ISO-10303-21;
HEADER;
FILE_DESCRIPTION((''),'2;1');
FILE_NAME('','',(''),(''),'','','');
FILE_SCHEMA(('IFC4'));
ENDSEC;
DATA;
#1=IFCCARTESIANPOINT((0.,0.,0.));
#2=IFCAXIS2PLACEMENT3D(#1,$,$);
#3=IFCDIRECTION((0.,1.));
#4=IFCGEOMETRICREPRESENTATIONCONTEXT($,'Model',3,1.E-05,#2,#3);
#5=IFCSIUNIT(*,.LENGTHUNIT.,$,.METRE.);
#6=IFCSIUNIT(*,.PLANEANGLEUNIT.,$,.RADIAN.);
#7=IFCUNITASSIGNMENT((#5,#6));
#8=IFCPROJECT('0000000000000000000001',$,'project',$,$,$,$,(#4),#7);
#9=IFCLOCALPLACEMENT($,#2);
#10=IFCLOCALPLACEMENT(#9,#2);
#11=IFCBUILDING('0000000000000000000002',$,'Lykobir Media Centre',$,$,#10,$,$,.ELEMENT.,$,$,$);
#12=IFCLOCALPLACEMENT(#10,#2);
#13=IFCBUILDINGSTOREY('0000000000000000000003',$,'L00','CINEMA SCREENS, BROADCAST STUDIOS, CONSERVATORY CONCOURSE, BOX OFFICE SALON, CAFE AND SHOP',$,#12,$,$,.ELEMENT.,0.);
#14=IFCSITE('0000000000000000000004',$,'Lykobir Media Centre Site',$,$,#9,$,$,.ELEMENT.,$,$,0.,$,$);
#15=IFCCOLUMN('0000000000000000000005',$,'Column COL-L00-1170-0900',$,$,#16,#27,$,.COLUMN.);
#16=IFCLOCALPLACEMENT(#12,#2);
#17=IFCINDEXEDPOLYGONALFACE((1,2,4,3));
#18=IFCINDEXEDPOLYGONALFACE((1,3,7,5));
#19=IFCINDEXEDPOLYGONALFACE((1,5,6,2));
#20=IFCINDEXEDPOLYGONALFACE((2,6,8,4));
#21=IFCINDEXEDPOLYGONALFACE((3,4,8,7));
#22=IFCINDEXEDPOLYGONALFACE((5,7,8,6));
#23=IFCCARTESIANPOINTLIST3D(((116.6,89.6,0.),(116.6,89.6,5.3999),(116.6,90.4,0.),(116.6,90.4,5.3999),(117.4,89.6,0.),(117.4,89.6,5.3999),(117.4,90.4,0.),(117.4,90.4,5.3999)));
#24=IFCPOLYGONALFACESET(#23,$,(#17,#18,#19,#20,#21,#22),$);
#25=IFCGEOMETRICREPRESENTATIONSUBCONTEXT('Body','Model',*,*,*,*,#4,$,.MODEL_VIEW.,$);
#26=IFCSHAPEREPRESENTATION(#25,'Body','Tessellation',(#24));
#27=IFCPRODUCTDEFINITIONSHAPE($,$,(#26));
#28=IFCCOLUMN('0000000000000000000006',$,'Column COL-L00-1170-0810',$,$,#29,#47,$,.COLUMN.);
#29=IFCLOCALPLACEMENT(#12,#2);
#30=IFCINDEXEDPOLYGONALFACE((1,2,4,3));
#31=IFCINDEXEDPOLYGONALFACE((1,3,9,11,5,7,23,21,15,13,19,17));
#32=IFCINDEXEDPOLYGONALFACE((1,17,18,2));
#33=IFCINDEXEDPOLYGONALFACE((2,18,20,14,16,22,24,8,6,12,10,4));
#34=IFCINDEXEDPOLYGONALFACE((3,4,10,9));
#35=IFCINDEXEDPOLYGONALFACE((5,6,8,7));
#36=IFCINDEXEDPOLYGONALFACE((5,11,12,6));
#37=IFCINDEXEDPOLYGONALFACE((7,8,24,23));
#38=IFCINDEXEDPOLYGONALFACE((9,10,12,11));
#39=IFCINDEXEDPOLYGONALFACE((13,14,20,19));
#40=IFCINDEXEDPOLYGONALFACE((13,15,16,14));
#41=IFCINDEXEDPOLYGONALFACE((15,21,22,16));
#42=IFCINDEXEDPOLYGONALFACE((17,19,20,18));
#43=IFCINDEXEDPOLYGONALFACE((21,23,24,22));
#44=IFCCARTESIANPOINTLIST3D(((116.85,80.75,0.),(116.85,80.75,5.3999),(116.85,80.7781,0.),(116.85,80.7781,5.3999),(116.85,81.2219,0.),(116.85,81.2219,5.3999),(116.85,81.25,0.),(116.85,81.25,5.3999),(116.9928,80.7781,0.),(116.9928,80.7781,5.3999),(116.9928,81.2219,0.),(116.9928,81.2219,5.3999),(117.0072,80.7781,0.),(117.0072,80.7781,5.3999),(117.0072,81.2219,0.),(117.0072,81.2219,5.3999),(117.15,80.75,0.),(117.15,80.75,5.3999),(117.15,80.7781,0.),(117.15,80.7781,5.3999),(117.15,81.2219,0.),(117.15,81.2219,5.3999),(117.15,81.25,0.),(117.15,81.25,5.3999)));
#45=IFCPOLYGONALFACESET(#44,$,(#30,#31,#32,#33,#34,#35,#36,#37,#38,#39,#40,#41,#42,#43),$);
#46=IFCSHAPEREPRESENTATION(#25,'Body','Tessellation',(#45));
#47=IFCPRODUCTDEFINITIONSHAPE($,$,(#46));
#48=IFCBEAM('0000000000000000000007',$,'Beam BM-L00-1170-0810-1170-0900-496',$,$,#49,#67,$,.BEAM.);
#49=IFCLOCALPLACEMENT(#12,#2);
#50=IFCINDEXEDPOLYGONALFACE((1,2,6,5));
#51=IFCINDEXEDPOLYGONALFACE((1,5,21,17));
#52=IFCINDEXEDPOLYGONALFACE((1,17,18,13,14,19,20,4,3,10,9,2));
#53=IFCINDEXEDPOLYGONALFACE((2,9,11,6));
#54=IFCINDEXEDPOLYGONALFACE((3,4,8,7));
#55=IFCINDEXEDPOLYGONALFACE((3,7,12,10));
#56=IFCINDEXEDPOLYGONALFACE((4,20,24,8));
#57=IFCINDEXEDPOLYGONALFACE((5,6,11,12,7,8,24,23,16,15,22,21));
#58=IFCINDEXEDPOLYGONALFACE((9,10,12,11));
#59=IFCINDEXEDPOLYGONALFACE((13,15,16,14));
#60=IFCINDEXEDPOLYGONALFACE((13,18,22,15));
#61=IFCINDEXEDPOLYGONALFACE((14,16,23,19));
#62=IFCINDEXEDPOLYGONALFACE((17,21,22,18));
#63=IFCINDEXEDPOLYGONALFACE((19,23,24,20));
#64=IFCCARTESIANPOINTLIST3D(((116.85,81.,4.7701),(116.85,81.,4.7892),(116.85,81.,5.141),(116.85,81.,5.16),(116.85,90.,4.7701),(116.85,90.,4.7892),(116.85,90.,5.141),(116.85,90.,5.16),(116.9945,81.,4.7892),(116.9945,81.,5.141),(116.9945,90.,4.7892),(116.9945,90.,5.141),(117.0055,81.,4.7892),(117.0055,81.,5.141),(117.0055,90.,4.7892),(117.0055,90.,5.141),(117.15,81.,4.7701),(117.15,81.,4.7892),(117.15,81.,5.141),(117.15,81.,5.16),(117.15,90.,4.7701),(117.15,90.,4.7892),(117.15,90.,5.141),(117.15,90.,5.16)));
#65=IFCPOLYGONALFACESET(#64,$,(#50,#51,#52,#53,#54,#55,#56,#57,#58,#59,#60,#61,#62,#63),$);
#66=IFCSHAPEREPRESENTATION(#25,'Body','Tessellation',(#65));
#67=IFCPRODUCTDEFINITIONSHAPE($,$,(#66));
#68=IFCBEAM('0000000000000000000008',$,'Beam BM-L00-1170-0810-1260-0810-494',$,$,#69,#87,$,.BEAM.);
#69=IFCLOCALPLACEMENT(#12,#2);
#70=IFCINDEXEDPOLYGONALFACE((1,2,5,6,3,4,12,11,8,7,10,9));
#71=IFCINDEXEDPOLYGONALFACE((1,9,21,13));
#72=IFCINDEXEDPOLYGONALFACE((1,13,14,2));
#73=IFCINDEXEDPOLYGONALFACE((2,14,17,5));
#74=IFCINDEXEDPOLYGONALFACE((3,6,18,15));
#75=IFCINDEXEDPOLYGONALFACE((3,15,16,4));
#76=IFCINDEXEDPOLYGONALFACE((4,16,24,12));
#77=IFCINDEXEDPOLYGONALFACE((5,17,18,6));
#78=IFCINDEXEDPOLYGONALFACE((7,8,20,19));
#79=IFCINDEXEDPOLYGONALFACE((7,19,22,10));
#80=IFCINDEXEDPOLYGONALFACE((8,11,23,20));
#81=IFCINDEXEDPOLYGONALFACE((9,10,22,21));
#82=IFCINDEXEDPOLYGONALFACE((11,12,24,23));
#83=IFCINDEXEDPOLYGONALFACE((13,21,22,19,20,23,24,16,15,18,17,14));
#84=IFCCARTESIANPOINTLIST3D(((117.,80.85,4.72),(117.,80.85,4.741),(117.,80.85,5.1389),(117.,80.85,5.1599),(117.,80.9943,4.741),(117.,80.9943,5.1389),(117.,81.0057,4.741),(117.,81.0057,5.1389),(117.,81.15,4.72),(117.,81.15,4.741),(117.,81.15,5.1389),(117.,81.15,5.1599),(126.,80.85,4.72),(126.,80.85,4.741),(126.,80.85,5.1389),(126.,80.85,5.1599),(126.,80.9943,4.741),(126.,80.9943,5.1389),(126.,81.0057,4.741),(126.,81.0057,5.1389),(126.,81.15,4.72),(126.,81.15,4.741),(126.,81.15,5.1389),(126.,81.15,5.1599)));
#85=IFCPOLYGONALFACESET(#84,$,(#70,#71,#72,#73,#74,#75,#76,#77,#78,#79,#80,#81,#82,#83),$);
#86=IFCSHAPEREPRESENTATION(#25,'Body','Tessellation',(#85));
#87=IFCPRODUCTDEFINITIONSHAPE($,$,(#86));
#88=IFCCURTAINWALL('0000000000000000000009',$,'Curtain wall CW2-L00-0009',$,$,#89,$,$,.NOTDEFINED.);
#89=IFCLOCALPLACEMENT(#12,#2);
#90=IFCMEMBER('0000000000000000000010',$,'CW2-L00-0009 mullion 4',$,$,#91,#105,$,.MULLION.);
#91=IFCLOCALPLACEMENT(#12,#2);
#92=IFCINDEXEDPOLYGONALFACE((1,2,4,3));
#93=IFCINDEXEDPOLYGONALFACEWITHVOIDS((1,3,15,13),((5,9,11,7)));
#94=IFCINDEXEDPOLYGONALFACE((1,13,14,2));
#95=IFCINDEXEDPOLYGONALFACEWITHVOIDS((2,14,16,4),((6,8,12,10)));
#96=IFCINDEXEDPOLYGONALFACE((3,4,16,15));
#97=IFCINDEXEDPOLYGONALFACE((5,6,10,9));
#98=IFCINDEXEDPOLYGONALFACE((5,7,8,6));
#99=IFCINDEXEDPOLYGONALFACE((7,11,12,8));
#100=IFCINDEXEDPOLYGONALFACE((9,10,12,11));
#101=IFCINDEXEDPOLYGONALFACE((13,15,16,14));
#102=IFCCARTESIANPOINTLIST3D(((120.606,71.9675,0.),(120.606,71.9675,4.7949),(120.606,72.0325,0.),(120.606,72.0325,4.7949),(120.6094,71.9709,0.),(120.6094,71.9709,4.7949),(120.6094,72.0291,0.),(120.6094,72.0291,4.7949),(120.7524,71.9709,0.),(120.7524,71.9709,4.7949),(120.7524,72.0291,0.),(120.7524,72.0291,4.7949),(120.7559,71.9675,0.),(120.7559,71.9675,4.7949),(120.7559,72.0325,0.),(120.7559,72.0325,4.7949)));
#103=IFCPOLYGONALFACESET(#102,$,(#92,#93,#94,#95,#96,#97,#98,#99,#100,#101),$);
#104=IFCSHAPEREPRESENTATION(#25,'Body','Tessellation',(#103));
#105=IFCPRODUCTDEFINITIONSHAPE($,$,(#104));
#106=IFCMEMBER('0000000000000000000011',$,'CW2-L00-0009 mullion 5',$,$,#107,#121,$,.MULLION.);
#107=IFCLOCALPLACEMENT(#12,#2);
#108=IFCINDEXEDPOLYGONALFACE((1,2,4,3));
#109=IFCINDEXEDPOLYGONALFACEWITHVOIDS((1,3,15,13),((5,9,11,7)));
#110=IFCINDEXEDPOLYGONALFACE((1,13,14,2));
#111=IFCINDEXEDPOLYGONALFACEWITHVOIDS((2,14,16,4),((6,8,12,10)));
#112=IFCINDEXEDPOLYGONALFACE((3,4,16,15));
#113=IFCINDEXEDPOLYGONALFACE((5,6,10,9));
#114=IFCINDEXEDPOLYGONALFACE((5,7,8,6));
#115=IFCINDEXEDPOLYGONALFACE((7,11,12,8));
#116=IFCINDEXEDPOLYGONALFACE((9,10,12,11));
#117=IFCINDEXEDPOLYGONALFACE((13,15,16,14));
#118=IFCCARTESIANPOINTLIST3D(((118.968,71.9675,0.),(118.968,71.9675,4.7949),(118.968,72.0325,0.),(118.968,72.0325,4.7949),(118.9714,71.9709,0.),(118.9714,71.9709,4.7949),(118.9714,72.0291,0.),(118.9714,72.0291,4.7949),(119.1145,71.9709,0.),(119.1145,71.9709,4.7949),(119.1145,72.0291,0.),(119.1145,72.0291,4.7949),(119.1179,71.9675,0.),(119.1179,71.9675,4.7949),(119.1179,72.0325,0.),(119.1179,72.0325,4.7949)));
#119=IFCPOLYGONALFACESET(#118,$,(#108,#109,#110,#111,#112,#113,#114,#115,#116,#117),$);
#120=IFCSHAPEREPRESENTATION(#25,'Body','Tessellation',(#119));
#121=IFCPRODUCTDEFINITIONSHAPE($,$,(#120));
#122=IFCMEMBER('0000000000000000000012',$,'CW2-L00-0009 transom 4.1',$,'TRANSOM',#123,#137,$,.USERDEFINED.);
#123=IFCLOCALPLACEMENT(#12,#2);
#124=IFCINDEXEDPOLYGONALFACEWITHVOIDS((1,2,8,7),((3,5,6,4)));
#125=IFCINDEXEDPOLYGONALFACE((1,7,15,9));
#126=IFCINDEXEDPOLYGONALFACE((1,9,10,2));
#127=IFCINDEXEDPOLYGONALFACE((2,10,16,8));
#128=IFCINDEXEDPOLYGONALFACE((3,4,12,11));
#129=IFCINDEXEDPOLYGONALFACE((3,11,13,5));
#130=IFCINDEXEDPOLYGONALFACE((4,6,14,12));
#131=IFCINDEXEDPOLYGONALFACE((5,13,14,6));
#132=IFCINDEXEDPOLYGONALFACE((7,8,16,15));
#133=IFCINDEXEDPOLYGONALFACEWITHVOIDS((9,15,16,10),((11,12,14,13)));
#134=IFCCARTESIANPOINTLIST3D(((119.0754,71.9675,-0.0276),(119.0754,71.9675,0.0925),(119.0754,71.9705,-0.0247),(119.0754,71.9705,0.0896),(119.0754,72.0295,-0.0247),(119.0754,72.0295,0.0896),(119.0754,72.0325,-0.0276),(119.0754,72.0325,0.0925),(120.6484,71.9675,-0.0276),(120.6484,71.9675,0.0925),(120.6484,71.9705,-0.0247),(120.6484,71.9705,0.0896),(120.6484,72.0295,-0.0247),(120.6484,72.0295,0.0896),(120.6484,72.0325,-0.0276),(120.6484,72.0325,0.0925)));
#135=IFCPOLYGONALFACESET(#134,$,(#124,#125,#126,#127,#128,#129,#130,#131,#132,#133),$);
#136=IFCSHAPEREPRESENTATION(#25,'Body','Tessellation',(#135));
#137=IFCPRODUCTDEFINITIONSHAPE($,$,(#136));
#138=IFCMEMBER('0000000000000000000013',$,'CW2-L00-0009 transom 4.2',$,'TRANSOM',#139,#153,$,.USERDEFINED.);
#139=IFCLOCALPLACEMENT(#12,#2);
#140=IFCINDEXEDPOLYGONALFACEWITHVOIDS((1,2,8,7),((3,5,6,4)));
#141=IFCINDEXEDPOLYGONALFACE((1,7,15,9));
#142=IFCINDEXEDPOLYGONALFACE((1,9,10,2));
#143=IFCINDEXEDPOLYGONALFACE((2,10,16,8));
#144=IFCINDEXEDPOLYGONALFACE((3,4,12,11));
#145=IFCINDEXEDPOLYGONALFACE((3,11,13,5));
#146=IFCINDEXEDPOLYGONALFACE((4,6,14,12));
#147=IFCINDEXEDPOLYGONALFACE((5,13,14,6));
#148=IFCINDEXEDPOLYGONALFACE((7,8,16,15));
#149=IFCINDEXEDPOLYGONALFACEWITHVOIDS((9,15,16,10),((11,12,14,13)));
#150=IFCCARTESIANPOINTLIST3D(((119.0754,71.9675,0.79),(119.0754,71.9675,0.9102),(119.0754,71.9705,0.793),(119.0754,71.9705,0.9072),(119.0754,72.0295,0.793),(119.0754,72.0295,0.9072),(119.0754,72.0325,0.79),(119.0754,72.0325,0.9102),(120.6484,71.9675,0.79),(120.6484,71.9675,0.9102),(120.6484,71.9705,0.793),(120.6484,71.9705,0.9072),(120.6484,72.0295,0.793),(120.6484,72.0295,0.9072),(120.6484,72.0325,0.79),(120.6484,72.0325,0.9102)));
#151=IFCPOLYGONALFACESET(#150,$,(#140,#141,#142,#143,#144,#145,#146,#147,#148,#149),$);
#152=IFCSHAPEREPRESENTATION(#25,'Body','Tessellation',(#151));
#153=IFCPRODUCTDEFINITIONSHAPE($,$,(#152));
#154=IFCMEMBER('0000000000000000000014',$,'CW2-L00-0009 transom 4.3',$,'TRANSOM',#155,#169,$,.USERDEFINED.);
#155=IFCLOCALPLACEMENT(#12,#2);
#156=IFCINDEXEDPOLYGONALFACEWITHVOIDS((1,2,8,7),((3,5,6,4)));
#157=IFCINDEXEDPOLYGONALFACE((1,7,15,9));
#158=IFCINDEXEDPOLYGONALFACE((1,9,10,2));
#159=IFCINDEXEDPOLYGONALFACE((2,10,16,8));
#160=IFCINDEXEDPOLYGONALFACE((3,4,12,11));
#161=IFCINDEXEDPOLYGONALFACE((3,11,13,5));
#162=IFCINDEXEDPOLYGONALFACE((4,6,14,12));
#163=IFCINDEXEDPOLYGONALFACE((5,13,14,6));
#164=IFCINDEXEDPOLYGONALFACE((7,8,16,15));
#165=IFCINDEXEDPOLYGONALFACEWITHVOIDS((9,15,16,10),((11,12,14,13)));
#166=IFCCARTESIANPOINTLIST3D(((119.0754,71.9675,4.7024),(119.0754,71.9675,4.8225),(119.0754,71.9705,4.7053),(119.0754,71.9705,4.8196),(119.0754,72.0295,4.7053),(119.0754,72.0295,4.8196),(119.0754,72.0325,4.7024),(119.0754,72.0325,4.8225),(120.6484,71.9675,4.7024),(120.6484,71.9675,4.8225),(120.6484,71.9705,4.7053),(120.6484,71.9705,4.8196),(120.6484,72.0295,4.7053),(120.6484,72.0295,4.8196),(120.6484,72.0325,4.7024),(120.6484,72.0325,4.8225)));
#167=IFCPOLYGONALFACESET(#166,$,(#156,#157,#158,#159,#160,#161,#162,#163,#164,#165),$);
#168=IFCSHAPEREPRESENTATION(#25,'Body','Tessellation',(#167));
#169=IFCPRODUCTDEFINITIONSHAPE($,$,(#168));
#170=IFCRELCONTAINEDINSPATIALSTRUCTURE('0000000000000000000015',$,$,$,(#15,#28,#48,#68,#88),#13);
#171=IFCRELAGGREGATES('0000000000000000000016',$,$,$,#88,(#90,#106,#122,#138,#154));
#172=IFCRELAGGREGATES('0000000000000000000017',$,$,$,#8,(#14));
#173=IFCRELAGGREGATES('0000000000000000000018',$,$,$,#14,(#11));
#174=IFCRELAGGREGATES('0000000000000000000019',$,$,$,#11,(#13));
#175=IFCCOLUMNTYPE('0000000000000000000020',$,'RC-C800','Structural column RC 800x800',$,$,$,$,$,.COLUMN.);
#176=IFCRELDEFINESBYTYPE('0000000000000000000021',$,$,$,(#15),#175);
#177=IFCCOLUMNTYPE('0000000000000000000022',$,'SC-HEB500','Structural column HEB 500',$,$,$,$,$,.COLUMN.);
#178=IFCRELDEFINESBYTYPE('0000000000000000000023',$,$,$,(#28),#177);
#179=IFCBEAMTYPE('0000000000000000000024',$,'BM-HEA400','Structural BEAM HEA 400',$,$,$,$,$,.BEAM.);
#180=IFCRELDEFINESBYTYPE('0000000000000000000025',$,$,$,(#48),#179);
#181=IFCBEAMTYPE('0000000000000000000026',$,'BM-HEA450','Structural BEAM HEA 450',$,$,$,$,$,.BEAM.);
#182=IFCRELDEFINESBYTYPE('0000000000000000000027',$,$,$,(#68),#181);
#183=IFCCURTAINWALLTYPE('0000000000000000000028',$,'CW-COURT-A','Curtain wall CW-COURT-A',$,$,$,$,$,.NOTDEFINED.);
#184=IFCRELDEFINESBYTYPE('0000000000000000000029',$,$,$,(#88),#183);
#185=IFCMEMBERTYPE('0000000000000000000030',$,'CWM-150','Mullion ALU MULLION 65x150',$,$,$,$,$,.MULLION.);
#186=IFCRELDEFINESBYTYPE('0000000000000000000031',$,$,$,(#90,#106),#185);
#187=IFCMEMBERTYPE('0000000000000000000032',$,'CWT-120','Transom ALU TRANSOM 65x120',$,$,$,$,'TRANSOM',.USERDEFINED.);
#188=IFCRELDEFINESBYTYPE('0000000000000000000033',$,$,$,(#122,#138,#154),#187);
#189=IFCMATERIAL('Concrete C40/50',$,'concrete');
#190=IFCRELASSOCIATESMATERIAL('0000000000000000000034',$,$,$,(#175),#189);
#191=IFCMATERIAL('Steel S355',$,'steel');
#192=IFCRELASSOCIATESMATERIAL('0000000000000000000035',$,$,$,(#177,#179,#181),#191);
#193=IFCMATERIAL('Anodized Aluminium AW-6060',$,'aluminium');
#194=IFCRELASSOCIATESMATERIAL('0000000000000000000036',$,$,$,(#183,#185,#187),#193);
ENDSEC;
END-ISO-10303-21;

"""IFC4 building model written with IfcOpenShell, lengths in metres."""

from ifc_helpers import new_model, si_unit, direction, frame, origin, origin_2d, place, context, subcontext, project, spatial, rectangle, hollow_rectangle, i_section, extrude, material, material_profile, profile_set, type_object, element, aggregate, save


model = new_model("IFC4")

# Units and contexts
model_context = context("Model", 3, precision=1e-05, world=origin(), true_north=direction((0.0, 1.0)))
body_context = subcontext(model_context, "Body", "Model", "MODEL_VIEW")
ifc_project = project(units=[si_unit("LENGTHUNIT", "METRE"), si_unit("PLANEANGLEUNIT", "RADIAN")], contexts=[model_context])

# Site, building, storey
site_placement = place(None, origin())
site = spatial("IfcSite", under=ifc_project, at=site_placement, Name="Lykobir Media Centre Site", CompositionType="ELEMENT", RefElevation=0.0)
building_placement = place(site_placement, origin())
building = spatial("IfcBuilding", under=site, at=building_placement, Name="Lykobir Media Centre", CompositionType="ELEMENT")
storey_placement = place(building_placement, origin())
storey = spatial("IfcBuildingStorey", under=building, at=storey_placement, Name="L00", Description="CINEMA SCREENS, BROADCAST STUDIOS, CONSERVATORY CONCOURSE, BOX OFFICE SALON, CAFE AND SHOP", CompositionType="ELEMENT", Elevation=0.0)

# Columns
ifc_material_1 = material(Name="Concrete C40/50", Category="concrete")
ifc_material_profile_1 = material_profile(ifc_material_1, rectangle(XDim=0.8, YDim=0.8, at=origin_2d()), Name="RC 800x800")
ifc_profile_set_1 = profile_set([ifc_material_profile_1], Name="Concrete C40/50")
column_type_1 = type_object("IfcColumnType", Name="RC-C800", Description="Structural column RC 800x800", PredefinedType="COLUMN", material=ifc_profile_set_1)
column_1_placement = place(storey_placement, frame((117.0, 90.0, 0.0), z_axis=(0.0, 0.0, 1.0), x_axis=(1.0, 0.0, 0.0)))
element("IfcColumn", 1, at=column_1_placement, inside=storey, type_object=column_type_1, Name="Column COL-L00-1170-0900", PredefinedType="COLUMN", context=body_context, shape_type="SweptSolid", body=[
    extrude(rectangle(XDim=0.8, YDim=0.8, at=origin_2d()), origin(), (0.0, 0.0, 1.0), 5.3999),
])
ifc_material_2 = material(Name="Steel S355", Category="steel")
ifc_material_profile_2 = material_profile(ifc_material_2, i_section(OverallWidth=0.3, OverallDepth=0.5, WebThickness=0.0144, FlangeThickness=0.0281, at=origin_2d()), Name="HEB 500")
ifc_profile_set_2 = profile_set([ifc_material_profile_2], Name="Steel S355")
column_type_2 = type_object("IfcColumnType", Name="SC-HEB500", Description="Structural column HEB 500", PredefinedType="COLUMN", material=ifc_profile_set_2)
column_2_placement = place(storey_placement, frame((117.0, 81.0, 0.0), z_axis=(0.0, 0.0, 1.0), x_axis=(1.0, 0.0, 0.0)))
element("IfcColumn", 2, at=column_2_placement, inside=storey, type_object=column_type_2, Name="Column COL-L00-1170-0810", PredefinedType="COLUMN", context=body_context, shape_type="SweptSolid", body=[
    extrude(i_section(OverallWidth=0.3, OverallDepth=0.5, WebThickness=0.0144, FlangeThickness=0.0281, at=origin_2d()), origin(), (0.0, 0.0, 1.0), 5.3999),
])

# Beams
ifc_material_profile_3 = material_profile(ifc_material_2, i_section(OverallWidth=0.3, OverallDepth=0.3899, WebThickness=0.011, FlangeThickness=0.019, at=origin_2d()), Name="HEA 400")
ifc_profile_set_3 = profile_set([ifc_material_profile_3], Name="Steel S355")
beam_type_1 = type_object("IfcBeamType", Name="BM-HEA400", Description="Structural BEAM HEA 400", PredefinedType="BEAM", material=ifc_profile_set_3)
beam_1_placement = place(storey_placement, frame((117.0, 81.0, 4.9651), z_axis=(0.0, 1.0, 0.0), x_axis=(-1.0, 0.0, 0.0)))
element("IfcBeam", 3, at=beam_1_placement, inside=storey, type_object=beam_type_1, Name="Beam BM-L00-1170-0810-1170-0900-496", PredefinedType="BEAM", context=body_context, shape_type="SweptSolid", body=[
    extrude(i_section(OverallWidth=0.3, OverallDepth=0.3899, WebThickness=0.011, FlangeThickness=0.019, at=origin_2d()), origin(), (0.0, 0.0, 1.0), 9.0),
])
ifc_material_profile_4 = material_profile(ifc_material_2, i_section(OverallWidth=0.3, OverallDepth=0.4399, WebThickness=0.0115, FlangeThickness=0.021, at=origin_2d()), Name="HEA 450")
ifc_profile_set_4 = profile_set([ifc_material_profile_4], Name="Steel S355")
beam_type_2 = type_object("IfcBeamType", Name="BM-HEA450", Description="Structural BEAM HEA 450", PredefinedType="BEAM", material=ifc_profile_set_4)
beam_2_placement = place(storey_placement, frame((117.0, 81.0, 4.9399), z_axis=(1.0, 0.0, 0.0), x_axis=(0.0, 1.0, 0.0)))
element("IfcBeam", 4, at=beam_2_placement, inside=storey, type_object=beam_type_2, Name="Beam BM-L00-1170-0810-1260-0810-494", PredefinedType="BEAM", context=body_context, shape_type="SweptSolid", body=[
    extrude(i_section(OverallWidth=0.3, OverallDepth=0.4399, WebThickness=0.0115, FlangeThickness=0.021, at=origin_2d()), origin(), (0.0, 0.0, 1.0), 9.0),
])

# Curtain wall, members
ifc_material_3 = material(Name="Anodized Aluminium AW-6060", Category="aluminium")
curtain_wall_type = type_object("IfcCurtainWallType", Name="CW-COURT-A", Description="Curtain wall CW-COURT-A", PredefinedType="NOTDEFINED", material=ifc_material_3)
curtain_wall_placement = place(storey_placement, origin())
curtain_wall = element("IfcCurtainWall", 5, at=curtain_wall_placement, inside=storey, type_object=curtain_wall_type, Name="Curtain wall CW2-L00-0009", PredefinedType="NOTDEFINED")
ifc_material_profile_5 = material_profile(ifc_material_3, hollow_rectangle(XDim=0.0649, YDim=0.1499, WallThickness=0.0034, at=origin_2d()), Name="ALU MULLION 65x150")
ifc_profile_set_5 = profile_set([ifc_material_profile_5], Name="Anodized Aluminium AW-6060")
member_type_1 = type_object("IfcMemberType", Name="CWM-150", Description="Mullion ALU MULLION 65x150", PredefinedType="MULLION", material=ifc_profile_set_5)
member_1_placement = place(storey_placement, frame((120.6809, 72.0, 0.0), z_axis=(0.0, 0.0, 1.0), x_axis=(0.0, -1.0, 0.0)))
member_1 = element("IfcMember", 6, at=member_1_placement, type_object=member_type_1, Name="CW2-L00-0009 mullion 4", PredefinedType="MULLION", context=body_context, shape_type="SweptSolid", body=[
    extrude(hollow_rectangle(XDim=0.0649, YDim=0.1499, WallThickness=0.0034, at=origin_2d()), origin(), (0.0, 0.0, 1.0), 4.7949),
])
member_2_placement = place(storey_placement, frame((119.043, 72.0, 0.0), z_axis=(0.0, 0.0, 1.0), x_axis=(0.0, -1.0, 0.0)))
member_2 = element("IfcMember", 7, at=member_2_placement, type_object=member_type_1, Name="CW2-L00-0009 mullion 5", PredefinedType="MULLION", context=body_context, shape_type="SweptSolid", body=[
    extrude(hollow_rectangle(XDim=0.0649, YDim=0.1499, WallThickness=0.0034, at=origin_2d()), origin(), (0.0, 0.0, 1.0), 4.7949),
])
ifc_material_profile_6 = material_profile(ifc_material_3, hollow_rectangle(XDim=0.0649, YDim=0.1201, WallThickness=0.0029, at=origin_2d()), Name="ALU TRANSOM 65x120")
ifc_profile_set_6 = profile_set([ifc_material_profile_6], Name="Anodized Aluminium AW-6060")
member_type_2 = type_object("IfcMemberType", Name="CWT-120", Description="Transom ALU TRANSOM 65x120", ElementType="TRANSOM", PredefinedType="USERDEFINED", material=ifc_profile_set_6)
member_3_placement = place(storey_placement, frame((120.6484, 72.0, 0.0325), z_axis=(-1.0, 0.0, 0.0), x_axis=(0.0, -1.0, 0.0)))
member_3 = element("IfcMember", 8, at=member_3_placement, type_object=member_type_2, Name="CW2-L00-0009 transom 4.1", ObjectType="TRANSOM", PredefinedType="USERDEFINED", context=body_context, shape_type="SweptSolid", body=[
    extrude(hollow_rectangle(XDim=0.0649, YDim=0.1201, WallThickness=0.0029, at=origin_2d()), origin(), (0.0, 0.0, 1.0), 1.573),
])
member_4_placement = place(storey_placement, frame((120.6484, 72.0, 0.8501), z_axis=(-1.0, 0.0, 0.0), x_axis=(0.0, -1.0, 0.0)))
member_4 = element("IfcMember", 9, at=member_4_placement, type_object=member_type_2, Name="CW2-L00-0009 transom 4.2", ObjectType="TRANSOM", PredefinedType="USERDEFINED", context=body_context, shape_type="SweptSolid", body=[
    extrude(hollow_rectangle(XDim=0.0649, YDim=0.1201, WallThickness=0.0029, at=origin_2d()), origin(), (0.0, 0.0, 1.0), 1.573),
])
member_5_placement = place(storey_placement, frame((120.6484, 72.0, 4.7625), z_axis=(-1.0, 0.0, 0.0), x_axis=(0.0, -1.0, 0.0)))
member_5 = element("IfcMember", 10, at=member_5_placement, type_object=member_type_2, Name="CW2-L00-0009 transom 4.3", ObjectType="TRANSOM", PredefinedType="USERDEFINED", context=body_context, shape_type="SweptSolid", body=[
    extrude(hollow_rectangle(XDim=0.0649, YDim=0.1201, WallThickness=0.0029, at=origin_2d()), origin(), (0.0, 0.0, 1.0), 1.573),
])

aggregate(curtain_wall, [member_1, member_2, member_3, member_4, member_5])

save(model, "model.ifc")
